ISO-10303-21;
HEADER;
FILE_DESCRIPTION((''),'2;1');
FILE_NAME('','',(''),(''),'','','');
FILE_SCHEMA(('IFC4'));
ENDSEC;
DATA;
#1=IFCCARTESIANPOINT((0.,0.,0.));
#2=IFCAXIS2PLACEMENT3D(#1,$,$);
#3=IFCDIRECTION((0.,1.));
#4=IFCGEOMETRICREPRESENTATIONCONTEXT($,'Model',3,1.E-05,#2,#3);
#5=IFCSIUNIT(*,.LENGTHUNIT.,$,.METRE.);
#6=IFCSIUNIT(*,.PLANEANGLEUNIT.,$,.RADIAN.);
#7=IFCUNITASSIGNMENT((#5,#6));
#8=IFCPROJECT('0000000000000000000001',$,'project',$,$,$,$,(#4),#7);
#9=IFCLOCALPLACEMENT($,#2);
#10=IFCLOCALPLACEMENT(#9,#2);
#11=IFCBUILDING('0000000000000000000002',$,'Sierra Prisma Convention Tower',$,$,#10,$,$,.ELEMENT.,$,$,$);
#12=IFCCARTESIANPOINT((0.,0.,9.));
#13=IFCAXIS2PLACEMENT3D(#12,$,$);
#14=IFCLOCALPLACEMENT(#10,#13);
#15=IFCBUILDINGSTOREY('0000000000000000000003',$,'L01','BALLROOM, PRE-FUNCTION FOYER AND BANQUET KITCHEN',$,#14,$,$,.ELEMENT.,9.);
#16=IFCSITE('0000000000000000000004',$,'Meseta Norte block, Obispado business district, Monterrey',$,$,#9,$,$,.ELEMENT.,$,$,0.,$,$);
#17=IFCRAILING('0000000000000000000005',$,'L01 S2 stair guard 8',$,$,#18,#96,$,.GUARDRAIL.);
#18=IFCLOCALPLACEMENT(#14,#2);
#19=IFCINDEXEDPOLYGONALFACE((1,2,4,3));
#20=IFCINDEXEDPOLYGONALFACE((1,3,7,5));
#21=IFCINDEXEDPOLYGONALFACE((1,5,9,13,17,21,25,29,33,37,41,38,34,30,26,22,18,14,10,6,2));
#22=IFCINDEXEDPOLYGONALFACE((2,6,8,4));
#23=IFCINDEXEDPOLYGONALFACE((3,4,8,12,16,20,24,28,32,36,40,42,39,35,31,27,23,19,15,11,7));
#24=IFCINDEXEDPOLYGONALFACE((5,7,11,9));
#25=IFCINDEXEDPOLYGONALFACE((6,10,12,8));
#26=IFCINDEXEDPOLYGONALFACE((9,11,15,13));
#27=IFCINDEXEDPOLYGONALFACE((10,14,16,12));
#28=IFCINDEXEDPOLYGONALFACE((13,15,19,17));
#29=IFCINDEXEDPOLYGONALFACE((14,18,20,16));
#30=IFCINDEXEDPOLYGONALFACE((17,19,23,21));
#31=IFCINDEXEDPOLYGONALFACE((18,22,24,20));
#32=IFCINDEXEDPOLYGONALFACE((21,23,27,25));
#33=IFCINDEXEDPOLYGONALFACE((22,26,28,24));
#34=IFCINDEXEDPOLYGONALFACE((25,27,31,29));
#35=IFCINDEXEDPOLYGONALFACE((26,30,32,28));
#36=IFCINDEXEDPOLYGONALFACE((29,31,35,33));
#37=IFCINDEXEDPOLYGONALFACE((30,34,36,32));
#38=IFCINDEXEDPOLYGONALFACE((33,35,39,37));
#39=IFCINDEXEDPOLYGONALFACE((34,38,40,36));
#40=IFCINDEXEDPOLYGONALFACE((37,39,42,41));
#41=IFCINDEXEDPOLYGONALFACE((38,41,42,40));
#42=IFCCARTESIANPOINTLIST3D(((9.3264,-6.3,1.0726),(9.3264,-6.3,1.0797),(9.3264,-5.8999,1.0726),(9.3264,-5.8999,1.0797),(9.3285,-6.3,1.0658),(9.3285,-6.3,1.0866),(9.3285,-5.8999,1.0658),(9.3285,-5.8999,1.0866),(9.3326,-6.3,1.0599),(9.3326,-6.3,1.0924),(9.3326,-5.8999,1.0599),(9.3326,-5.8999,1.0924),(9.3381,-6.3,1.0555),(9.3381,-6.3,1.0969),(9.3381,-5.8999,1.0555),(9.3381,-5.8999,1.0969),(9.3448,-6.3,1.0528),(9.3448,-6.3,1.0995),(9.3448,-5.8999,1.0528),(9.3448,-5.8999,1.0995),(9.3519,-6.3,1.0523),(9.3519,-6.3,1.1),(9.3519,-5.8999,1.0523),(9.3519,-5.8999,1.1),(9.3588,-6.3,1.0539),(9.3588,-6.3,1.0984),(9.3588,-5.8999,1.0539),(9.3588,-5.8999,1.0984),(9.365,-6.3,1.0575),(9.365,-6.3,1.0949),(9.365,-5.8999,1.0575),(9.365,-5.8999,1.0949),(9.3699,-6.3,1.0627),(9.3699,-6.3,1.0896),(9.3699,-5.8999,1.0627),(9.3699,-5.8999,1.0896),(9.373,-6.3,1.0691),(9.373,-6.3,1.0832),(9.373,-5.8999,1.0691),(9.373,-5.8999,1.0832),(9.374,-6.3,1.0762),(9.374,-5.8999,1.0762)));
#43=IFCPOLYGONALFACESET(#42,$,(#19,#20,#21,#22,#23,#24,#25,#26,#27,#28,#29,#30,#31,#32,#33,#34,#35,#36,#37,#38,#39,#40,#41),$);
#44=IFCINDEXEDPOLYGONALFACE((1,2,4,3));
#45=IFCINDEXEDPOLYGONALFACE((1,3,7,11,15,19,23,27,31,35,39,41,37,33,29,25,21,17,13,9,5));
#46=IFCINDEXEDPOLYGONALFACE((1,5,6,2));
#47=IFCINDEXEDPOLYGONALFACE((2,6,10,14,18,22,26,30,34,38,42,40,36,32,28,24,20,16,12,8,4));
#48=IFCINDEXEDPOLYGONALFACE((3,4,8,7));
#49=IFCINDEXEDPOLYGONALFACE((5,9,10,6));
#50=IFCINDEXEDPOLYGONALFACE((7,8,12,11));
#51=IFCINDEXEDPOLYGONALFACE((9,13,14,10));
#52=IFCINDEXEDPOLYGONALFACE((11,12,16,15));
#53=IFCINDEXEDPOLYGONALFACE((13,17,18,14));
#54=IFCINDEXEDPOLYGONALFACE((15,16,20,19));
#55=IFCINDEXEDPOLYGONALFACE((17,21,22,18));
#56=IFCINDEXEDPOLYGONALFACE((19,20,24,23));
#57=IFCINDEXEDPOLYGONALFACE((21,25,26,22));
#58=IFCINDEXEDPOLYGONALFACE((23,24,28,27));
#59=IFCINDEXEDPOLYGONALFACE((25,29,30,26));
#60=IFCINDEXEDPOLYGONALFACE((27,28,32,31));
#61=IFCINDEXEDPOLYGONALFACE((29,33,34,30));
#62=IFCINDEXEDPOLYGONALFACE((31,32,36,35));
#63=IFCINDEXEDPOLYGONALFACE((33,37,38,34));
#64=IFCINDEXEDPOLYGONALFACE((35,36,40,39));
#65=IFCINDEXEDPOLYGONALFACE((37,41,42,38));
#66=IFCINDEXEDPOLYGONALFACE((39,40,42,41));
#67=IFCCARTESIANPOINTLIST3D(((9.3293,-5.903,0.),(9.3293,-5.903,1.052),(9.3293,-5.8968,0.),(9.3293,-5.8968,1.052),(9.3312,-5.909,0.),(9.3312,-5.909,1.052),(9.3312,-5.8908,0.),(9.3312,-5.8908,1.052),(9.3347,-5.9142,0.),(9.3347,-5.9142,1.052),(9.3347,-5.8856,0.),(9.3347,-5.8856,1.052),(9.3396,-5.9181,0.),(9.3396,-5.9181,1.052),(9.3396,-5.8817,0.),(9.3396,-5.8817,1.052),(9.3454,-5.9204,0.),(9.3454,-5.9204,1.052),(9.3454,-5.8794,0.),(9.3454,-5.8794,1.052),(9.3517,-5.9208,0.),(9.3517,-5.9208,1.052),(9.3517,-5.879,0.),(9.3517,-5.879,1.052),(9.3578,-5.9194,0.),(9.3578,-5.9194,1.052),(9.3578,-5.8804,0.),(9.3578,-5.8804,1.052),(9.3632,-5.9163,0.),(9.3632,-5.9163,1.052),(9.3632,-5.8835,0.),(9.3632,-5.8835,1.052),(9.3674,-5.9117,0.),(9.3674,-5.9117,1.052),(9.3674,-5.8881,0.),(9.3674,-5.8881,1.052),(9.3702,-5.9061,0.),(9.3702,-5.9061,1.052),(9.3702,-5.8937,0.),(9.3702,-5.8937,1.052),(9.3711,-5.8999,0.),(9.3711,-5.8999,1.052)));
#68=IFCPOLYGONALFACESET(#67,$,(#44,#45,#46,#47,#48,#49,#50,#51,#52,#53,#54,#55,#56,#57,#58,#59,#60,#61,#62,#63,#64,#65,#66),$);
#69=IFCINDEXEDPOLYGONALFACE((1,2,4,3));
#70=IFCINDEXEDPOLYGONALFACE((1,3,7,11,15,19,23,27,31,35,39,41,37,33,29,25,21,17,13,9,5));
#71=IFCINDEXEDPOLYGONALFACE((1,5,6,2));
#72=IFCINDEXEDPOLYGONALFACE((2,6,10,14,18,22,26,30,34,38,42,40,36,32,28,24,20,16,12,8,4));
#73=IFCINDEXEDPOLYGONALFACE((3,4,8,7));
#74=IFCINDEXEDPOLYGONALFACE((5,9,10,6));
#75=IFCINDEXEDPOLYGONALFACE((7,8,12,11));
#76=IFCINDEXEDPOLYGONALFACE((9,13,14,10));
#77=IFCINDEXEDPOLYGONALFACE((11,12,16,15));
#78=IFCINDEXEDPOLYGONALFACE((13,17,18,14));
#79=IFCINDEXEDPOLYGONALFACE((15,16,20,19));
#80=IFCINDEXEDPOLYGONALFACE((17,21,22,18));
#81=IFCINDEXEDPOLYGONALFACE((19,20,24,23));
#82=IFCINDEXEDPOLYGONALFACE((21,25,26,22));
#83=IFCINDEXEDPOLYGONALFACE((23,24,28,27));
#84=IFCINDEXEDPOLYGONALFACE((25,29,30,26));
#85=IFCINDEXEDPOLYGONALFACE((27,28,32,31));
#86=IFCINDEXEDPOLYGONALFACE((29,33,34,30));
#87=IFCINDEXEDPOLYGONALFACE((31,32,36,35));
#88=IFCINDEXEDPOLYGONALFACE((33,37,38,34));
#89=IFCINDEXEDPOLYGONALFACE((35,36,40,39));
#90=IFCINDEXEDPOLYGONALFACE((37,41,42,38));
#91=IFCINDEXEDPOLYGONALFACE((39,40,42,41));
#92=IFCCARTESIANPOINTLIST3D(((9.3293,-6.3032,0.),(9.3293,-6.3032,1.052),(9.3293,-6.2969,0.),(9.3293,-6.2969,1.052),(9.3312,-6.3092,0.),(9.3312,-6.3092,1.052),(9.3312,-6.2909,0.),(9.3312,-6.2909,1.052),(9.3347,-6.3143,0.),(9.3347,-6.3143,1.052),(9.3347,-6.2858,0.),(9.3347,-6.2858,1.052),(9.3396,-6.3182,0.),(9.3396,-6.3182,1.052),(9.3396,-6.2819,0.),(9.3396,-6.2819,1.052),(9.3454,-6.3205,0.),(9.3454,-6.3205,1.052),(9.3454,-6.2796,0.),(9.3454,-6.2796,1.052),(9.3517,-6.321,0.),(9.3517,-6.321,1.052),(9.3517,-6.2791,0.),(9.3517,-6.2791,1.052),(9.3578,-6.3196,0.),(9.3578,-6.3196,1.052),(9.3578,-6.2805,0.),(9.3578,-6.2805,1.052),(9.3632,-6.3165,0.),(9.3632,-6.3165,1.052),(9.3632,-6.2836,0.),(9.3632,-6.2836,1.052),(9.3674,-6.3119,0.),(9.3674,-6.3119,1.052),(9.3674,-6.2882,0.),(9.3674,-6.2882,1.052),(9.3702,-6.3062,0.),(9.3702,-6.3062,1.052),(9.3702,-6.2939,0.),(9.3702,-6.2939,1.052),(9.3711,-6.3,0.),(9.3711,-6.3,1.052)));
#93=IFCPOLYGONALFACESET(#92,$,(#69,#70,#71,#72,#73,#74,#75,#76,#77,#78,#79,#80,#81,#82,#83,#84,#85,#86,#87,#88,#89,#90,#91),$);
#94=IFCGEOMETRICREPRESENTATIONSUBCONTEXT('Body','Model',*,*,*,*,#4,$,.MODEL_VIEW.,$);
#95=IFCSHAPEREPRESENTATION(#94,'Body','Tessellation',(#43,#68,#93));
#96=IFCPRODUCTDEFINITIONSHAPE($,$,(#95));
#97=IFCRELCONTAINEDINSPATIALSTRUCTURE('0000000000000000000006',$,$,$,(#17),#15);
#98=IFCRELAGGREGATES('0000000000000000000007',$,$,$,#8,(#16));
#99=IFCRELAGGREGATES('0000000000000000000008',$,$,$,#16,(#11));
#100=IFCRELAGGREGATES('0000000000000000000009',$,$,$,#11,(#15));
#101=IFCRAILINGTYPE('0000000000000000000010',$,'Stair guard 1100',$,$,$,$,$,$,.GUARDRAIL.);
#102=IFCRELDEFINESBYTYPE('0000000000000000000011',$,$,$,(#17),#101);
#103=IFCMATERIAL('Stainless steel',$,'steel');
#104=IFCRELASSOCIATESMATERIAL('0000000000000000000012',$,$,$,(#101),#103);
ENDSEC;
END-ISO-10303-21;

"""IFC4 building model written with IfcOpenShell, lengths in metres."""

from ifc_helpers import new_model, si_unit, direction, frame, origin, origin_2d, place, context, subcontext, project, spatial, circle, extrude, material, type_object, element, save


model = new_model("IFC4")

# Units and contexts
model_context = context("Model", 3, precision=1e-05, world=origin(), true_north=direction((0.0, 1.0)))
body_context = subcontext(model_context, "Body", "Model", "MODEL_VIEW")
ifc_project = project(units=[si_unit("LENGTHUNIT", "METRE"), si_unit("PLANEANGLEUNIT", "RADIAN")], contexts=[model_context])

# Site, building, storey
site_placement = place(None, origin())
site = spatial("IfcSite", under=ifc_project, at=site_placement, Name="Meseta Norte block, Obispado business district, Monterrey", CompositionType="ELEMENT", RefElevation=0.0)
building_placement = place(site_placement, origin())
building = spatial("IfcBuilding", under=site, at=building_placement, Name="Sierra Prisma Convention Tower", CompositionType="ELEMENT")
storey_placement = place(building_placement, frame((0.0, 0.0, 9.0)))
storey = spatial("IfcBuildingStorey", under=building, at=storey_placement, Name="L01", Description="BALLROOM, PRE-FUNCTION FOYER AND BANQUET KITCHEN", CompositionType="ELEMENT", Elevation=9.0)

# Railing
ifc_material_1 = material(Name="Stainless steel", Category="steel")
railing_type = type_object("IfcRailingType", Name="Stair guard 1100", PredefinedType="GUARDRAIL", material=ifc_material_1)
railing_1_placement = place(storey_placement, frame((9.3501, -5.8999, 0.0)))
element("IfcRailing", 1, at=railing_1_placement, inside=storey, type_object=railing_type, Name="L01 S2 stair guard 8", PredefinedType="GUARDRAIL", context=body_context, shape_type="SweptSolid", body=[
    extrude(circle(Radius=0.0239, at=origin_2d()), frame((0.0, 0.0, 1.0762), z_axis=(0.0, -1.0, 0.0), x_axis=(1.0, 0.0, 0.0)), (0.0, 0.0, 1.0), 0.4001),
    extrude(circle(Radius=0.021, at=origin_2d()), origin(), (0.0, 0.0, 1.0), 1.052),
    extrude(circle(Radius=0.021, at=origin_2d()), frame((0.0, -0.4001, 0.0)), (0.0, 0.0, 1.0), 1.052),
])

save(model, "model.ifc")
